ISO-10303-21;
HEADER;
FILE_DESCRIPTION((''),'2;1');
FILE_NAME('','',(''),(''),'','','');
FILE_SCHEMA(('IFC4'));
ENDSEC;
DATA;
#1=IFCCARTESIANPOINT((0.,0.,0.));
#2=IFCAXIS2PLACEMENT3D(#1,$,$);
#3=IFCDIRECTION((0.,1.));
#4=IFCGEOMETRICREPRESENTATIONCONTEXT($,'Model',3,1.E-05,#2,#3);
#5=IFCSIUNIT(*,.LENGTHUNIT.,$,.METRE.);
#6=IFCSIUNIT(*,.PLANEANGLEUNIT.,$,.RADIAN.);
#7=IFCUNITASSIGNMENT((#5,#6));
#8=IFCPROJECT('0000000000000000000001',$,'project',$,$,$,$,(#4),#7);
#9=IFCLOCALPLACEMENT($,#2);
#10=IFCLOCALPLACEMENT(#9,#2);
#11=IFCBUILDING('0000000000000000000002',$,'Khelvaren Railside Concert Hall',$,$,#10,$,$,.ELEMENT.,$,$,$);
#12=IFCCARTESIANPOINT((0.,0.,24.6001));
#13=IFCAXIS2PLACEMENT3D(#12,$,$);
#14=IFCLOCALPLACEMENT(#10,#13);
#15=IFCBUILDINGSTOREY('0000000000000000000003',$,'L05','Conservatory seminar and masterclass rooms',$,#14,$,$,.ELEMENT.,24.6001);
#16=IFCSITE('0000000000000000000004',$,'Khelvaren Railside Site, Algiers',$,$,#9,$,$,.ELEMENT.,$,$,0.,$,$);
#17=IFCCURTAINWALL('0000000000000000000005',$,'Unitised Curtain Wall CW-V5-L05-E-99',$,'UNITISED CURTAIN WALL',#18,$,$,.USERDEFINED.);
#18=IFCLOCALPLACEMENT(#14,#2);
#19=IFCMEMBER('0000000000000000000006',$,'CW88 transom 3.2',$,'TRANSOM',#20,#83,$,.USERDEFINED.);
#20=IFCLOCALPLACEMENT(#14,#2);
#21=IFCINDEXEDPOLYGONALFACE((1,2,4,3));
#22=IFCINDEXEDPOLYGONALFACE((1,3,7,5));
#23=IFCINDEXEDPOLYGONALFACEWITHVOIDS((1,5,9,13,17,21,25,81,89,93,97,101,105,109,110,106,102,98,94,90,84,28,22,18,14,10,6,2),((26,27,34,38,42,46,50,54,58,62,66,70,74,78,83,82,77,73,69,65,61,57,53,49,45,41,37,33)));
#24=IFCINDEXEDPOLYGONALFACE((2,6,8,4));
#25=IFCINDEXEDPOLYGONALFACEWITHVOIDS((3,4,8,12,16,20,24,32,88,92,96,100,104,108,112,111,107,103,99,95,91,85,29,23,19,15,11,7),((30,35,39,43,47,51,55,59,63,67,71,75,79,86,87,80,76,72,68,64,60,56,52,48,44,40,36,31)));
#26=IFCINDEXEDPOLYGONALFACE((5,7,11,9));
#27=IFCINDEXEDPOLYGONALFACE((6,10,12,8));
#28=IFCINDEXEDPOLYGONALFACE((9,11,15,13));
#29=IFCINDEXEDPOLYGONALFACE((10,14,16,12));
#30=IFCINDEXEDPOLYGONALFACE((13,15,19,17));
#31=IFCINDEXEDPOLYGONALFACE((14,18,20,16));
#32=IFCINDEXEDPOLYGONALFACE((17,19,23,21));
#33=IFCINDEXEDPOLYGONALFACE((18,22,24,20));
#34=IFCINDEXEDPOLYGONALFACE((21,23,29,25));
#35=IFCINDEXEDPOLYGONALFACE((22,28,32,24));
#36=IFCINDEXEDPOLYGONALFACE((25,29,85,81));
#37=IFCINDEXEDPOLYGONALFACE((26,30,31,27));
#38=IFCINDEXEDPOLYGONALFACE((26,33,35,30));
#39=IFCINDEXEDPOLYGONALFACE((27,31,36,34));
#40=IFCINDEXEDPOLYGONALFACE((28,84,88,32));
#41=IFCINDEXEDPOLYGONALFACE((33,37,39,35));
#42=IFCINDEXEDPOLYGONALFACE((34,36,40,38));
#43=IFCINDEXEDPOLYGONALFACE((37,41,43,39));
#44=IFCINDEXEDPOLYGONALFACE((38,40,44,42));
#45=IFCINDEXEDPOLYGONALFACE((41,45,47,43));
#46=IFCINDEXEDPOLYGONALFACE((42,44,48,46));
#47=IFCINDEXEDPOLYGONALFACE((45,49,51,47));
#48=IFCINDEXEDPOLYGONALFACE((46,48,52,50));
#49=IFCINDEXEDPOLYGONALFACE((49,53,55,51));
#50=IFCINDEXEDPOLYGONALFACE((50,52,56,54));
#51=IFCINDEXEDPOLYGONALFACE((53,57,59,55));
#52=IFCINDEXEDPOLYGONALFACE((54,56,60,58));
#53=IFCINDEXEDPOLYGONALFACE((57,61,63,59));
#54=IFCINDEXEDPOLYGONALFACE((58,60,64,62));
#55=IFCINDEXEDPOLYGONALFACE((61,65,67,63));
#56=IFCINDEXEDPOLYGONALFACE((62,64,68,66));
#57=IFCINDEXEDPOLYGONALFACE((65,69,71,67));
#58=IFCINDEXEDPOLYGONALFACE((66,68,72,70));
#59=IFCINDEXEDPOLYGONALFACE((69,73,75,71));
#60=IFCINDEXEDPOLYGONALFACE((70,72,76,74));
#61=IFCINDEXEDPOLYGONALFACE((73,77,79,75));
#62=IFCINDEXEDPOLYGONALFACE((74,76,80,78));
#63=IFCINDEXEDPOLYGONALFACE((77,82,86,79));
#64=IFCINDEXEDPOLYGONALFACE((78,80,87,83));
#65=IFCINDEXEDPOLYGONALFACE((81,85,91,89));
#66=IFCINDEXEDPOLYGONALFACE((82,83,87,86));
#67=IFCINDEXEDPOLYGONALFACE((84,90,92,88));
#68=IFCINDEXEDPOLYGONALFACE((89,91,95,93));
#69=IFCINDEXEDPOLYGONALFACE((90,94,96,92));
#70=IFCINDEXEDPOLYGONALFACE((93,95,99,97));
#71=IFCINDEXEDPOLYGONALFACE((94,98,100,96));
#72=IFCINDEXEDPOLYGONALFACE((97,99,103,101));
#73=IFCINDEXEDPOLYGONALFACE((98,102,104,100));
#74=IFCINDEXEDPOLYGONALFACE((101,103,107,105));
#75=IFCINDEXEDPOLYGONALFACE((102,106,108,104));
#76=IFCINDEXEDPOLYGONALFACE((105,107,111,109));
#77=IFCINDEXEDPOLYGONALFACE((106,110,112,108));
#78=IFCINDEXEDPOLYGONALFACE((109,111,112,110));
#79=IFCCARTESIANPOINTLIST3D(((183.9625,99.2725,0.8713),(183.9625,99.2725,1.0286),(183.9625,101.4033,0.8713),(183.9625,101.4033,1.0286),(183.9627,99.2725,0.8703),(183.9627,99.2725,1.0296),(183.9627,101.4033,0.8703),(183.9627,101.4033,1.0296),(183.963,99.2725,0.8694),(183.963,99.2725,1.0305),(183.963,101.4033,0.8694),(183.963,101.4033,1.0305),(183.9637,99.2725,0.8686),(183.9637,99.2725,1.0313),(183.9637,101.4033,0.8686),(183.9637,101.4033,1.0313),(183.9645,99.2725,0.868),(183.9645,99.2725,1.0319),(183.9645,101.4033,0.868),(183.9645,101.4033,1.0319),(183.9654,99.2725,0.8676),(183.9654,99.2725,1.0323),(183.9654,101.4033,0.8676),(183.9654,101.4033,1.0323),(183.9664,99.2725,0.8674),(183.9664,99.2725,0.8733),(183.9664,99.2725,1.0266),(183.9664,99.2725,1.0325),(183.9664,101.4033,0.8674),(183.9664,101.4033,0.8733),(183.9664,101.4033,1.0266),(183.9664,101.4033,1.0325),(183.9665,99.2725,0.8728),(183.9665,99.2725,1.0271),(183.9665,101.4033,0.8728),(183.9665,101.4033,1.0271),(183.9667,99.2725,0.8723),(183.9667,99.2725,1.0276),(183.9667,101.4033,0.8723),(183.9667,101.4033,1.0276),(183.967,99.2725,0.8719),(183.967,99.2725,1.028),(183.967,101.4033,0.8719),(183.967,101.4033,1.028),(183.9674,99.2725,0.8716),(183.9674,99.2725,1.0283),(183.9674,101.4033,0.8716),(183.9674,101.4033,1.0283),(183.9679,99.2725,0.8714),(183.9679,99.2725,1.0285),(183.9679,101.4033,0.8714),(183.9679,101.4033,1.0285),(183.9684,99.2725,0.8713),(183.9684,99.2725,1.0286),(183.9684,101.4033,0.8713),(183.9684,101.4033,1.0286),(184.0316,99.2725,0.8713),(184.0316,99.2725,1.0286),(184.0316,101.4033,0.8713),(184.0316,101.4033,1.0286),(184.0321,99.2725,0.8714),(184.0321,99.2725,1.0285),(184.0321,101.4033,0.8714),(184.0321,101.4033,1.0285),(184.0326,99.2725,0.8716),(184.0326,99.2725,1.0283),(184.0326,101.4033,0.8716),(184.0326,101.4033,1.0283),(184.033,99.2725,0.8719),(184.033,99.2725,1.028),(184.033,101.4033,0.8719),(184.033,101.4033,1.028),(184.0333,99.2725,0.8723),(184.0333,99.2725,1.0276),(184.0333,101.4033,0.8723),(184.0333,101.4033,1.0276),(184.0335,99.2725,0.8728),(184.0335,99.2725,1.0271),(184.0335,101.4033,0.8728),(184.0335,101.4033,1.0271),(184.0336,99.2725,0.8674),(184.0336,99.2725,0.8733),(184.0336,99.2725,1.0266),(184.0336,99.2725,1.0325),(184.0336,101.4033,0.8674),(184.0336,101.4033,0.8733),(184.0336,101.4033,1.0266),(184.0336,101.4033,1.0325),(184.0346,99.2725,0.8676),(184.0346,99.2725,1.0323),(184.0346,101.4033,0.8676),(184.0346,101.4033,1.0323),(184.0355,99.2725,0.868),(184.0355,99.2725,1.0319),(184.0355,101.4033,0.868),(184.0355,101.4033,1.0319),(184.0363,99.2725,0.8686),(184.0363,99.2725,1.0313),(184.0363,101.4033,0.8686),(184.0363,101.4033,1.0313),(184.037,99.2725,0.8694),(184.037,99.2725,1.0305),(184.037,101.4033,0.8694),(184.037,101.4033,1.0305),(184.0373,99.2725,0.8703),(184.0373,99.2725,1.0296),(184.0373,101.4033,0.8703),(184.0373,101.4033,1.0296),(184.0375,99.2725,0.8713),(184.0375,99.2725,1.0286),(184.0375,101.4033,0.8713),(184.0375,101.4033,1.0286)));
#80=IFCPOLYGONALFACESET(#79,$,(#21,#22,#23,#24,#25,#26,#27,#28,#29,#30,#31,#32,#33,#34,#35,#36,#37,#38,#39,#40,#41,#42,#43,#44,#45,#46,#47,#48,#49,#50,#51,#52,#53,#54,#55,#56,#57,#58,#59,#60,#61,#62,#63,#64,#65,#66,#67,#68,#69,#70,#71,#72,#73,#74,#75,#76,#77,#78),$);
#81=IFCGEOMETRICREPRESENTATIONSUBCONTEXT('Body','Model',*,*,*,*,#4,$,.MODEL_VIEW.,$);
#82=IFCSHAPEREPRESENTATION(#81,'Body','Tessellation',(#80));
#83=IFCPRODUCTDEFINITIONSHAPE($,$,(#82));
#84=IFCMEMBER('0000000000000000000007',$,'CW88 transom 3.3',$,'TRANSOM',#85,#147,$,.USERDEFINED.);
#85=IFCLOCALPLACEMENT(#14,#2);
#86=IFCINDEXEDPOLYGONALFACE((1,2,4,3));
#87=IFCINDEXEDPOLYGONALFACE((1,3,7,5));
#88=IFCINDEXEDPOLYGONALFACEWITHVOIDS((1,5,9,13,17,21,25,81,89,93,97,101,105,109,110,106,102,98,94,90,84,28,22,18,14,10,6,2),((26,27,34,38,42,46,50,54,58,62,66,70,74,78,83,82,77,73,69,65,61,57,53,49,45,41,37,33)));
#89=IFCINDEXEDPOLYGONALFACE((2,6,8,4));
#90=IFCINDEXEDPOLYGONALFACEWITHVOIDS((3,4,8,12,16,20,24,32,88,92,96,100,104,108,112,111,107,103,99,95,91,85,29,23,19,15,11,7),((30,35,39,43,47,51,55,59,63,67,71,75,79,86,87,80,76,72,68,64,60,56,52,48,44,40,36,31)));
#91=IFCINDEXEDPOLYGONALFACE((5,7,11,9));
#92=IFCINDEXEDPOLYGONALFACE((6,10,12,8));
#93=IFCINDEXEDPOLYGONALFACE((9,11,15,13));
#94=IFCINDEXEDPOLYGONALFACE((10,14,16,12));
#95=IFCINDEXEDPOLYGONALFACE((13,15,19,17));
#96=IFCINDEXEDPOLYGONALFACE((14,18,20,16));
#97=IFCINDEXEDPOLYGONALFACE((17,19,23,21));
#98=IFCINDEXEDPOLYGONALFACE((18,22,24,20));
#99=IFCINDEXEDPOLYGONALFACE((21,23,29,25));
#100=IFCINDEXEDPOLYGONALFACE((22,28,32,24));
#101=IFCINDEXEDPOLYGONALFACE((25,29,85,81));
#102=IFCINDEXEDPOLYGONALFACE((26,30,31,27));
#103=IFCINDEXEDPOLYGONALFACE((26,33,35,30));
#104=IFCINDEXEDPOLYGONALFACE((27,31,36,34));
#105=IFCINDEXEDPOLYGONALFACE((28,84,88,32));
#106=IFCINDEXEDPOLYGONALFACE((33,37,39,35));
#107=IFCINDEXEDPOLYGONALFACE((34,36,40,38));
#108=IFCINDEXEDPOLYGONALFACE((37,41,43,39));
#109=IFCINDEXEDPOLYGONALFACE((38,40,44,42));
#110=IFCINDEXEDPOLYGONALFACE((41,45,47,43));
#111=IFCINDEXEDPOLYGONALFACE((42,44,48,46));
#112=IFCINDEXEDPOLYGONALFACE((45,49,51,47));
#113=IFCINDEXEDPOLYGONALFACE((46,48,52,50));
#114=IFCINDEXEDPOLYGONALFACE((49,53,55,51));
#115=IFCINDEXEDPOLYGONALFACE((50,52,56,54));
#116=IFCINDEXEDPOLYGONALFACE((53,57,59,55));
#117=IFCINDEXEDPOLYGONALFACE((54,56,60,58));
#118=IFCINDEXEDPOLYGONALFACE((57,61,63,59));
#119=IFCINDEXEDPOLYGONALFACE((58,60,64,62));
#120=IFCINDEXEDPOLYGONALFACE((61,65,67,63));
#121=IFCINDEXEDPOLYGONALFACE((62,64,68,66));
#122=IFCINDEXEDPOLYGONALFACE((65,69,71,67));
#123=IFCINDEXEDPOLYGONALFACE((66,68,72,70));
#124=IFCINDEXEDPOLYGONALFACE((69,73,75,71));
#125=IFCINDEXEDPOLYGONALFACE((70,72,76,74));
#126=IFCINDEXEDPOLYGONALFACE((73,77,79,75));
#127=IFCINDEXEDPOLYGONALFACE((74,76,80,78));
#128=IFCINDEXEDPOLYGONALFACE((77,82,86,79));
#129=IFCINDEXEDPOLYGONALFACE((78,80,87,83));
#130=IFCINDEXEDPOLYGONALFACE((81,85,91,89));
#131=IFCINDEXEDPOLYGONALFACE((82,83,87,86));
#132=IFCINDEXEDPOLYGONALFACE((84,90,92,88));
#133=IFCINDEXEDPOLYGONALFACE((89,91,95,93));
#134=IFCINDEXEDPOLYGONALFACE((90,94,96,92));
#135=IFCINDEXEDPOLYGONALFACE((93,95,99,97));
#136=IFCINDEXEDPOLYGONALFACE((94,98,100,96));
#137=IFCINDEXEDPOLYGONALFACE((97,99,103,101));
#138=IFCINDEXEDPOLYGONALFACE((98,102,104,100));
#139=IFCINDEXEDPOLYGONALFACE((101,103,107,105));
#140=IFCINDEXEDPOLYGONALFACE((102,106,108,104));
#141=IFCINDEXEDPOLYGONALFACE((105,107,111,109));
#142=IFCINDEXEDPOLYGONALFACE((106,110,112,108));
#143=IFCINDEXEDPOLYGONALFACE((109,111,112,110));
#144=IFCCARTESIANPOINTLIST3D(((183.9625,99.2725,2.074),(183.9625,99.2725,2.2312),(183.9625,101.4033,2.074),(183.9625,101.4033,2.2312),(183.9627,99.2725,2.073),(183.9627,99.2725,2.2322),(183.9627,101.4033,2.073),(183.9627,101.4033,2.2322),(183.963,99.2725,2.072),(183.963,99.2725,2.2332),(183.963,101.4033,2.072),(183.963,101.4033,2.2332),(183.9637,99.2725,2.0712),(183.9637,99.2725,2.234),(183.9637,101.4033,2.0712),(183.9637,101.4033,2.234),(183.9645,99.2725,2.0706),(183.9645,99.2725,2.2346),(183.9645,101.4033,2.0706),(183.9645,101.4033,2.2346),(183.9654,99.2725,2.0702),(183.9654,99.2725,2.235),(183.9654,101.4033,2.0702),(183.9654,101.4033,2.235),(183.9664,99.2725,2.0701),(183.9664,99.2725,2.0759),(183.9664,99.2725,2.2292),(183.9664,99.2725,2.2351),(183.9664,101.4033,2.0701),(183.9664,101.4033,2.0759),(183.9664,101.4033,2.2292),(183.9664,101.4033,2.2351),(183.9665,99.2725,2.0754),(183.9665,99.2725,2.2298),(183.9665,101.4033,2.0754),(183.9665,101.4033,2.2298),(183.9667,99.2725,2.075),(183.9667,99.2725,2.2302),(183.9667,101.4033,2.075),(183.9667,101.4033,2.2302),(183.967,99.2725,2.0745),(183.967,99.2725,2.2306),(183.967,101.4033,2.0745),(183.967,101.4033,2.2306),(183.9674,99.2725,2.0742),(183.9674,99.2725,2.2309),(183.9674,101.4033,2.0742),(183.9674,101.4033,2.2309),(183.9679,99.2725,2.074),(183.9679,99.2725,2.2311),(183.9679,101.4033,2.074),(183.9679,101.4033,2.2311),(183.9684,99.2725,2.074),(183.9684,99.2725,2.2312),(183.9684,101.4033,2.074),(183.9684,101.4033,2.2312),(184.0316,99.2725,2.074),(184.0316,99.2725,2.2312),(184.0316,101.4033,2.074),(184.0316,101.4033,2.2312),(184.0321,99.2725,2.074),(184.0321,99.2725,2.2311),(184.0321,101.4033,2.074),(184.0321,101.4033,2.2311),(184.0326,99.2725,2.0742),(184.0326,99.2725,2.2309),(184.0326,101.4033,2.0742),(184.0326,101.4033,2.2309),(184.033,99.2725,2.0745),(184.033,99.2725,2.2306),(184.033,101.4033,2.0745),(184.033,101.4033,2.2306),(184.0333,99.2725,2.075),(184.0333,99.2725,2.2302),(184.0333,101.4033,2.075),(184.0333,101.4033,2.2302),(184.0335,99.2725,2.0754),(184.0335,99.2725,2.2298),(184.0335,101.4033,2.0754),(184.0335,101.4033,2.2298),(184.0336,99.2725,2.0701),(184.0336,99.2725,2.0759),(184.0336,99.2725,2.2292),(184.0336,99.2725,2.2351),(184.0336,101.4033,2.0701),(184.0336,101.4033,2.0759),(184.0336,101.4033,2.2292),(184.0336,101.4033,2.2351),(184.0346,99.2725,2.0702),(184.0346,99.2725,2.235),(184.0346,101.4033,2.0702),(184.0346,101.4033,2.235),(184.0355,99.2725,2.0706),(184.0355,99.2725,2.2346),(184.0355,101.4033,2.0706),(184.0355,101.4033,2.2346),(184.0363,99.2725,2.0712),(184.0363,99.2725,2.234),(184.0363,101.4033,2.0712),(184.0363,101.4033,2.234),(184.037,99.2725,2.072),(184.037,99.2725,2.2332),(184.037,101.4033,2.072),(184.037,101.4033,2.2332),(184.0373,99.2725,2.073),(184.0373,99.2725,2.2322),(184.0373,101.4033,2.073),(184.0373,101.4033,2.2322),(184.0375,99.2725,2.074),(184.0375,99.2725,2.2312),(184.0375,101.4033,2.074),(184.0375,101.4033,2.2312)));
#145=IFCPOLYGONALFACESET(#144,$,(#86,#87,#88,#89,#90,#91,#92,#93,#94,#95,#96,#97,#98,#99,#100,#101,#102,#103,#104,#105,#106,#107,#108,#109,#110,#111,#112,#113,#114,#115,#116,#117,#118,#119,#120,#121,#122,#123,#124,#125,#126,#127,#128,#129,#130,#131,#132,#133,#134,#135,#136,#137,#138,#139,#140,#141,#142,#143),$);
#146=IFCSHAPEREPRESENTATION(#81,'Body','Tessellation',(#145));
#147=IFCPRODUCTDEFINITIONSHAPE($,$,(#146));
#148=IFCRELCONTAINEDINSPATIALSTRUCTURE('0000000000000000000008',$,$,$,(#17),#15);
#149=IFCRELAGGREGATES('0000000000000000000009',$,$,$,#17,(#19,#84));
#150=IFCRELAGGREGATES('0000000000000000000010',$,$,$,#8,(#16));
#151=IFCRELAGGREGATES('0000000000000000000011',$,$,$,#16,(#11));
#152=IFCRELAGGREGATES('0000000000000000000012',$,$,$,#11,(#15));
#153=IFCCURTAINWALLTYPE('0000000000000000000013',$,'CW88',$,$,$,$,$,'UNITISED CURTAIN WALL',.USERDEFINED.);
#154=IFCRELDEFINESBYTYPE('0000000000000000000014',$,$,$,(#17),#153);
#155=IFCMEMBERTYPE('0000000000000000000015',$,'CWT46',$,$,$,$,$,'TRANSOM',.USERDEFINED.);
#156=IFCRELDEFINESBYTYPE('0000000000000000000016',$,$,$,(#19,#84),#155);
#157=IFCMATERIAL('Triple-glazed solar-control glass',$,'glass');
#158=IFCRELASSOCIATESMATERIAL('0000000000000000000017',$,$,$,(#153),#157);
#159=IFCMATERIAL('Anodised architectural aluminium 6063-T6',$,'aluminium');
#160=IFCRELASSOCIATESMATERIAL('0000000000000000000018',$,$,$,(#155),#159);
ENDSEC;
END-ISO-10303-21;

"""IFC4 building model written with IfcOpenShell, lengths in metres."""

from ifc_helpers import new_model, si_unit, direction, frame, origin, origin_2d, place, context, subcontext, project, spatial, hollow_rectangle, extrude, material, material_profile, profile_set, type_object, element, aggregate, save


model = new_model("IFC4")

# Units and contexts
model_context = context("Model", 3, precision=1e-05, world=origin(), true_north=direction((0.0, 1.0)))
body_context = subcontext(model_context, "Body", "Model", "MODEL_VIEW")
ifc_project = project(units=[si_unit("LENGTHUNIT", "METRE"), si_unit("PLANEANGLEUNIT", "RADIAN")], contexts=[model_context])

# Site, building, storey
site_placement = place(None, origin())
site = spatial("IfcSite", under=ifc_project, at=site_placement, Name="Khelvaren Railside Site, Algiers", CompositionType="ELEMENT", RefElevation=0.0)
building_placement = place(site_placement, origin())
building = spatial("IfcBuilding", under=site, at=building_placement, Name="Khelvaren Railside Concert Hall", CompositionType="ELEMENT")
storey_placement = place(building_placement, frame((0.0, 0.0, 24.6001)))
storey = spatial("IfcBuildingStorey", under=building, at=storey_placement, Name="L05", Description="Conservatory seminar and masterclass rooms", CompositionType="ELEMENT", Elevation=24.6001)

# Curtain wall, members
ifc_material_1 = material(Name="Triple-glazed solar-control glass", Category="glass")
curtain_wall_type = type_object("IfcCurtainWallType", Name="CW88", ElementType="UNITISED CURTAIN WALL", PredefinedType="USERDEFINED", material=ifc_material_1)
curtain_wall_placement = place(storey_placement, origin())
curtain_wall = element("IfcCurtainWall", 1, at=curtain_wall_placement, inside=storey, type_object=curtain_wall_type, Name="Unitised Curtain Wall CW-V5-L05-E-99", ObjectType="UNITISED CURTAIN WALL", PredefinedType="USERDEFINED")
ifc_material_2 = material(Name="Anodised architectural aluminium 6063-T6", Category="aluminium")
ifc_material_profile_1 = material_profile(ifc_material_2, hollow_rectangle(XDim=0.075, YDim=0.165, WallThickness=0.0039, InnerFilletRadius=0.002, OuterFilletRadius=0.0039, at=origin_2d()), Name="CWT 75x165x4")
ifc_profile_set_1 = profile_set([ifc_material_profile_1], Name="Anodised architectural aluminium 6063-T6")
member_type_1 = type_object("IfcMemberType", Name="CWT46", ElementType="TRANSOM", PredefinedType="USERDEFINED", material=ifc_profile_set_1)
member_1_placement = place(storey_placement, frame((184.0, 101.4033, 0.95), z_axis=(0.0, -1.0, 0.0), x_axis=(1.0, 0.0, 0.0)))
member_1 = element("IfcMember", 2, at=member_1_placement, type_object=member_type_1, Name="CW88 transom 3.2", ObjectType="TRANSOM", PredefinedType="USERDEFINED", context=body_context, shape_type="SweptSolid", body=[
    extrude(hollow_rectangle(XDim=0.075, YDim=0.165, WallThickness=0.0039, InnerFilletRadius=0.002, OuterFilletRadius=0.0039, at=origin_2d()), origin(), (0.0, 0.0, 1.0), 2.1309),
])
member_2_placement = place(storey_placement, frame((184.0, 101.4033, 2.1526), z_axis=(0.0, -1.0, 0.0), x_axis=(1.0, 0.0, 0.0)))
member_2 = element("IfcMember", 3, at=member_2_placement, type_object=member_type_1, Name="CW88 transom 3.3", ObjectType="TRANSOM", PredefinedType="USERDEFINED", context=body_context, shape_type="SweptSolid", body=[
    extrude(hollow_rectangle(XDim=0.075, YDim=0.165, WallThickness=0.0039, InnerFilletRadius=0.002, OuterFilletRadius=0.0039, at=origin_2d()), origin(), (0.0, 0.0, 1.0), 2.1309),
])

aggregate(curtain_wall, [member_1, member_2])

save(model, "model.ifc")
